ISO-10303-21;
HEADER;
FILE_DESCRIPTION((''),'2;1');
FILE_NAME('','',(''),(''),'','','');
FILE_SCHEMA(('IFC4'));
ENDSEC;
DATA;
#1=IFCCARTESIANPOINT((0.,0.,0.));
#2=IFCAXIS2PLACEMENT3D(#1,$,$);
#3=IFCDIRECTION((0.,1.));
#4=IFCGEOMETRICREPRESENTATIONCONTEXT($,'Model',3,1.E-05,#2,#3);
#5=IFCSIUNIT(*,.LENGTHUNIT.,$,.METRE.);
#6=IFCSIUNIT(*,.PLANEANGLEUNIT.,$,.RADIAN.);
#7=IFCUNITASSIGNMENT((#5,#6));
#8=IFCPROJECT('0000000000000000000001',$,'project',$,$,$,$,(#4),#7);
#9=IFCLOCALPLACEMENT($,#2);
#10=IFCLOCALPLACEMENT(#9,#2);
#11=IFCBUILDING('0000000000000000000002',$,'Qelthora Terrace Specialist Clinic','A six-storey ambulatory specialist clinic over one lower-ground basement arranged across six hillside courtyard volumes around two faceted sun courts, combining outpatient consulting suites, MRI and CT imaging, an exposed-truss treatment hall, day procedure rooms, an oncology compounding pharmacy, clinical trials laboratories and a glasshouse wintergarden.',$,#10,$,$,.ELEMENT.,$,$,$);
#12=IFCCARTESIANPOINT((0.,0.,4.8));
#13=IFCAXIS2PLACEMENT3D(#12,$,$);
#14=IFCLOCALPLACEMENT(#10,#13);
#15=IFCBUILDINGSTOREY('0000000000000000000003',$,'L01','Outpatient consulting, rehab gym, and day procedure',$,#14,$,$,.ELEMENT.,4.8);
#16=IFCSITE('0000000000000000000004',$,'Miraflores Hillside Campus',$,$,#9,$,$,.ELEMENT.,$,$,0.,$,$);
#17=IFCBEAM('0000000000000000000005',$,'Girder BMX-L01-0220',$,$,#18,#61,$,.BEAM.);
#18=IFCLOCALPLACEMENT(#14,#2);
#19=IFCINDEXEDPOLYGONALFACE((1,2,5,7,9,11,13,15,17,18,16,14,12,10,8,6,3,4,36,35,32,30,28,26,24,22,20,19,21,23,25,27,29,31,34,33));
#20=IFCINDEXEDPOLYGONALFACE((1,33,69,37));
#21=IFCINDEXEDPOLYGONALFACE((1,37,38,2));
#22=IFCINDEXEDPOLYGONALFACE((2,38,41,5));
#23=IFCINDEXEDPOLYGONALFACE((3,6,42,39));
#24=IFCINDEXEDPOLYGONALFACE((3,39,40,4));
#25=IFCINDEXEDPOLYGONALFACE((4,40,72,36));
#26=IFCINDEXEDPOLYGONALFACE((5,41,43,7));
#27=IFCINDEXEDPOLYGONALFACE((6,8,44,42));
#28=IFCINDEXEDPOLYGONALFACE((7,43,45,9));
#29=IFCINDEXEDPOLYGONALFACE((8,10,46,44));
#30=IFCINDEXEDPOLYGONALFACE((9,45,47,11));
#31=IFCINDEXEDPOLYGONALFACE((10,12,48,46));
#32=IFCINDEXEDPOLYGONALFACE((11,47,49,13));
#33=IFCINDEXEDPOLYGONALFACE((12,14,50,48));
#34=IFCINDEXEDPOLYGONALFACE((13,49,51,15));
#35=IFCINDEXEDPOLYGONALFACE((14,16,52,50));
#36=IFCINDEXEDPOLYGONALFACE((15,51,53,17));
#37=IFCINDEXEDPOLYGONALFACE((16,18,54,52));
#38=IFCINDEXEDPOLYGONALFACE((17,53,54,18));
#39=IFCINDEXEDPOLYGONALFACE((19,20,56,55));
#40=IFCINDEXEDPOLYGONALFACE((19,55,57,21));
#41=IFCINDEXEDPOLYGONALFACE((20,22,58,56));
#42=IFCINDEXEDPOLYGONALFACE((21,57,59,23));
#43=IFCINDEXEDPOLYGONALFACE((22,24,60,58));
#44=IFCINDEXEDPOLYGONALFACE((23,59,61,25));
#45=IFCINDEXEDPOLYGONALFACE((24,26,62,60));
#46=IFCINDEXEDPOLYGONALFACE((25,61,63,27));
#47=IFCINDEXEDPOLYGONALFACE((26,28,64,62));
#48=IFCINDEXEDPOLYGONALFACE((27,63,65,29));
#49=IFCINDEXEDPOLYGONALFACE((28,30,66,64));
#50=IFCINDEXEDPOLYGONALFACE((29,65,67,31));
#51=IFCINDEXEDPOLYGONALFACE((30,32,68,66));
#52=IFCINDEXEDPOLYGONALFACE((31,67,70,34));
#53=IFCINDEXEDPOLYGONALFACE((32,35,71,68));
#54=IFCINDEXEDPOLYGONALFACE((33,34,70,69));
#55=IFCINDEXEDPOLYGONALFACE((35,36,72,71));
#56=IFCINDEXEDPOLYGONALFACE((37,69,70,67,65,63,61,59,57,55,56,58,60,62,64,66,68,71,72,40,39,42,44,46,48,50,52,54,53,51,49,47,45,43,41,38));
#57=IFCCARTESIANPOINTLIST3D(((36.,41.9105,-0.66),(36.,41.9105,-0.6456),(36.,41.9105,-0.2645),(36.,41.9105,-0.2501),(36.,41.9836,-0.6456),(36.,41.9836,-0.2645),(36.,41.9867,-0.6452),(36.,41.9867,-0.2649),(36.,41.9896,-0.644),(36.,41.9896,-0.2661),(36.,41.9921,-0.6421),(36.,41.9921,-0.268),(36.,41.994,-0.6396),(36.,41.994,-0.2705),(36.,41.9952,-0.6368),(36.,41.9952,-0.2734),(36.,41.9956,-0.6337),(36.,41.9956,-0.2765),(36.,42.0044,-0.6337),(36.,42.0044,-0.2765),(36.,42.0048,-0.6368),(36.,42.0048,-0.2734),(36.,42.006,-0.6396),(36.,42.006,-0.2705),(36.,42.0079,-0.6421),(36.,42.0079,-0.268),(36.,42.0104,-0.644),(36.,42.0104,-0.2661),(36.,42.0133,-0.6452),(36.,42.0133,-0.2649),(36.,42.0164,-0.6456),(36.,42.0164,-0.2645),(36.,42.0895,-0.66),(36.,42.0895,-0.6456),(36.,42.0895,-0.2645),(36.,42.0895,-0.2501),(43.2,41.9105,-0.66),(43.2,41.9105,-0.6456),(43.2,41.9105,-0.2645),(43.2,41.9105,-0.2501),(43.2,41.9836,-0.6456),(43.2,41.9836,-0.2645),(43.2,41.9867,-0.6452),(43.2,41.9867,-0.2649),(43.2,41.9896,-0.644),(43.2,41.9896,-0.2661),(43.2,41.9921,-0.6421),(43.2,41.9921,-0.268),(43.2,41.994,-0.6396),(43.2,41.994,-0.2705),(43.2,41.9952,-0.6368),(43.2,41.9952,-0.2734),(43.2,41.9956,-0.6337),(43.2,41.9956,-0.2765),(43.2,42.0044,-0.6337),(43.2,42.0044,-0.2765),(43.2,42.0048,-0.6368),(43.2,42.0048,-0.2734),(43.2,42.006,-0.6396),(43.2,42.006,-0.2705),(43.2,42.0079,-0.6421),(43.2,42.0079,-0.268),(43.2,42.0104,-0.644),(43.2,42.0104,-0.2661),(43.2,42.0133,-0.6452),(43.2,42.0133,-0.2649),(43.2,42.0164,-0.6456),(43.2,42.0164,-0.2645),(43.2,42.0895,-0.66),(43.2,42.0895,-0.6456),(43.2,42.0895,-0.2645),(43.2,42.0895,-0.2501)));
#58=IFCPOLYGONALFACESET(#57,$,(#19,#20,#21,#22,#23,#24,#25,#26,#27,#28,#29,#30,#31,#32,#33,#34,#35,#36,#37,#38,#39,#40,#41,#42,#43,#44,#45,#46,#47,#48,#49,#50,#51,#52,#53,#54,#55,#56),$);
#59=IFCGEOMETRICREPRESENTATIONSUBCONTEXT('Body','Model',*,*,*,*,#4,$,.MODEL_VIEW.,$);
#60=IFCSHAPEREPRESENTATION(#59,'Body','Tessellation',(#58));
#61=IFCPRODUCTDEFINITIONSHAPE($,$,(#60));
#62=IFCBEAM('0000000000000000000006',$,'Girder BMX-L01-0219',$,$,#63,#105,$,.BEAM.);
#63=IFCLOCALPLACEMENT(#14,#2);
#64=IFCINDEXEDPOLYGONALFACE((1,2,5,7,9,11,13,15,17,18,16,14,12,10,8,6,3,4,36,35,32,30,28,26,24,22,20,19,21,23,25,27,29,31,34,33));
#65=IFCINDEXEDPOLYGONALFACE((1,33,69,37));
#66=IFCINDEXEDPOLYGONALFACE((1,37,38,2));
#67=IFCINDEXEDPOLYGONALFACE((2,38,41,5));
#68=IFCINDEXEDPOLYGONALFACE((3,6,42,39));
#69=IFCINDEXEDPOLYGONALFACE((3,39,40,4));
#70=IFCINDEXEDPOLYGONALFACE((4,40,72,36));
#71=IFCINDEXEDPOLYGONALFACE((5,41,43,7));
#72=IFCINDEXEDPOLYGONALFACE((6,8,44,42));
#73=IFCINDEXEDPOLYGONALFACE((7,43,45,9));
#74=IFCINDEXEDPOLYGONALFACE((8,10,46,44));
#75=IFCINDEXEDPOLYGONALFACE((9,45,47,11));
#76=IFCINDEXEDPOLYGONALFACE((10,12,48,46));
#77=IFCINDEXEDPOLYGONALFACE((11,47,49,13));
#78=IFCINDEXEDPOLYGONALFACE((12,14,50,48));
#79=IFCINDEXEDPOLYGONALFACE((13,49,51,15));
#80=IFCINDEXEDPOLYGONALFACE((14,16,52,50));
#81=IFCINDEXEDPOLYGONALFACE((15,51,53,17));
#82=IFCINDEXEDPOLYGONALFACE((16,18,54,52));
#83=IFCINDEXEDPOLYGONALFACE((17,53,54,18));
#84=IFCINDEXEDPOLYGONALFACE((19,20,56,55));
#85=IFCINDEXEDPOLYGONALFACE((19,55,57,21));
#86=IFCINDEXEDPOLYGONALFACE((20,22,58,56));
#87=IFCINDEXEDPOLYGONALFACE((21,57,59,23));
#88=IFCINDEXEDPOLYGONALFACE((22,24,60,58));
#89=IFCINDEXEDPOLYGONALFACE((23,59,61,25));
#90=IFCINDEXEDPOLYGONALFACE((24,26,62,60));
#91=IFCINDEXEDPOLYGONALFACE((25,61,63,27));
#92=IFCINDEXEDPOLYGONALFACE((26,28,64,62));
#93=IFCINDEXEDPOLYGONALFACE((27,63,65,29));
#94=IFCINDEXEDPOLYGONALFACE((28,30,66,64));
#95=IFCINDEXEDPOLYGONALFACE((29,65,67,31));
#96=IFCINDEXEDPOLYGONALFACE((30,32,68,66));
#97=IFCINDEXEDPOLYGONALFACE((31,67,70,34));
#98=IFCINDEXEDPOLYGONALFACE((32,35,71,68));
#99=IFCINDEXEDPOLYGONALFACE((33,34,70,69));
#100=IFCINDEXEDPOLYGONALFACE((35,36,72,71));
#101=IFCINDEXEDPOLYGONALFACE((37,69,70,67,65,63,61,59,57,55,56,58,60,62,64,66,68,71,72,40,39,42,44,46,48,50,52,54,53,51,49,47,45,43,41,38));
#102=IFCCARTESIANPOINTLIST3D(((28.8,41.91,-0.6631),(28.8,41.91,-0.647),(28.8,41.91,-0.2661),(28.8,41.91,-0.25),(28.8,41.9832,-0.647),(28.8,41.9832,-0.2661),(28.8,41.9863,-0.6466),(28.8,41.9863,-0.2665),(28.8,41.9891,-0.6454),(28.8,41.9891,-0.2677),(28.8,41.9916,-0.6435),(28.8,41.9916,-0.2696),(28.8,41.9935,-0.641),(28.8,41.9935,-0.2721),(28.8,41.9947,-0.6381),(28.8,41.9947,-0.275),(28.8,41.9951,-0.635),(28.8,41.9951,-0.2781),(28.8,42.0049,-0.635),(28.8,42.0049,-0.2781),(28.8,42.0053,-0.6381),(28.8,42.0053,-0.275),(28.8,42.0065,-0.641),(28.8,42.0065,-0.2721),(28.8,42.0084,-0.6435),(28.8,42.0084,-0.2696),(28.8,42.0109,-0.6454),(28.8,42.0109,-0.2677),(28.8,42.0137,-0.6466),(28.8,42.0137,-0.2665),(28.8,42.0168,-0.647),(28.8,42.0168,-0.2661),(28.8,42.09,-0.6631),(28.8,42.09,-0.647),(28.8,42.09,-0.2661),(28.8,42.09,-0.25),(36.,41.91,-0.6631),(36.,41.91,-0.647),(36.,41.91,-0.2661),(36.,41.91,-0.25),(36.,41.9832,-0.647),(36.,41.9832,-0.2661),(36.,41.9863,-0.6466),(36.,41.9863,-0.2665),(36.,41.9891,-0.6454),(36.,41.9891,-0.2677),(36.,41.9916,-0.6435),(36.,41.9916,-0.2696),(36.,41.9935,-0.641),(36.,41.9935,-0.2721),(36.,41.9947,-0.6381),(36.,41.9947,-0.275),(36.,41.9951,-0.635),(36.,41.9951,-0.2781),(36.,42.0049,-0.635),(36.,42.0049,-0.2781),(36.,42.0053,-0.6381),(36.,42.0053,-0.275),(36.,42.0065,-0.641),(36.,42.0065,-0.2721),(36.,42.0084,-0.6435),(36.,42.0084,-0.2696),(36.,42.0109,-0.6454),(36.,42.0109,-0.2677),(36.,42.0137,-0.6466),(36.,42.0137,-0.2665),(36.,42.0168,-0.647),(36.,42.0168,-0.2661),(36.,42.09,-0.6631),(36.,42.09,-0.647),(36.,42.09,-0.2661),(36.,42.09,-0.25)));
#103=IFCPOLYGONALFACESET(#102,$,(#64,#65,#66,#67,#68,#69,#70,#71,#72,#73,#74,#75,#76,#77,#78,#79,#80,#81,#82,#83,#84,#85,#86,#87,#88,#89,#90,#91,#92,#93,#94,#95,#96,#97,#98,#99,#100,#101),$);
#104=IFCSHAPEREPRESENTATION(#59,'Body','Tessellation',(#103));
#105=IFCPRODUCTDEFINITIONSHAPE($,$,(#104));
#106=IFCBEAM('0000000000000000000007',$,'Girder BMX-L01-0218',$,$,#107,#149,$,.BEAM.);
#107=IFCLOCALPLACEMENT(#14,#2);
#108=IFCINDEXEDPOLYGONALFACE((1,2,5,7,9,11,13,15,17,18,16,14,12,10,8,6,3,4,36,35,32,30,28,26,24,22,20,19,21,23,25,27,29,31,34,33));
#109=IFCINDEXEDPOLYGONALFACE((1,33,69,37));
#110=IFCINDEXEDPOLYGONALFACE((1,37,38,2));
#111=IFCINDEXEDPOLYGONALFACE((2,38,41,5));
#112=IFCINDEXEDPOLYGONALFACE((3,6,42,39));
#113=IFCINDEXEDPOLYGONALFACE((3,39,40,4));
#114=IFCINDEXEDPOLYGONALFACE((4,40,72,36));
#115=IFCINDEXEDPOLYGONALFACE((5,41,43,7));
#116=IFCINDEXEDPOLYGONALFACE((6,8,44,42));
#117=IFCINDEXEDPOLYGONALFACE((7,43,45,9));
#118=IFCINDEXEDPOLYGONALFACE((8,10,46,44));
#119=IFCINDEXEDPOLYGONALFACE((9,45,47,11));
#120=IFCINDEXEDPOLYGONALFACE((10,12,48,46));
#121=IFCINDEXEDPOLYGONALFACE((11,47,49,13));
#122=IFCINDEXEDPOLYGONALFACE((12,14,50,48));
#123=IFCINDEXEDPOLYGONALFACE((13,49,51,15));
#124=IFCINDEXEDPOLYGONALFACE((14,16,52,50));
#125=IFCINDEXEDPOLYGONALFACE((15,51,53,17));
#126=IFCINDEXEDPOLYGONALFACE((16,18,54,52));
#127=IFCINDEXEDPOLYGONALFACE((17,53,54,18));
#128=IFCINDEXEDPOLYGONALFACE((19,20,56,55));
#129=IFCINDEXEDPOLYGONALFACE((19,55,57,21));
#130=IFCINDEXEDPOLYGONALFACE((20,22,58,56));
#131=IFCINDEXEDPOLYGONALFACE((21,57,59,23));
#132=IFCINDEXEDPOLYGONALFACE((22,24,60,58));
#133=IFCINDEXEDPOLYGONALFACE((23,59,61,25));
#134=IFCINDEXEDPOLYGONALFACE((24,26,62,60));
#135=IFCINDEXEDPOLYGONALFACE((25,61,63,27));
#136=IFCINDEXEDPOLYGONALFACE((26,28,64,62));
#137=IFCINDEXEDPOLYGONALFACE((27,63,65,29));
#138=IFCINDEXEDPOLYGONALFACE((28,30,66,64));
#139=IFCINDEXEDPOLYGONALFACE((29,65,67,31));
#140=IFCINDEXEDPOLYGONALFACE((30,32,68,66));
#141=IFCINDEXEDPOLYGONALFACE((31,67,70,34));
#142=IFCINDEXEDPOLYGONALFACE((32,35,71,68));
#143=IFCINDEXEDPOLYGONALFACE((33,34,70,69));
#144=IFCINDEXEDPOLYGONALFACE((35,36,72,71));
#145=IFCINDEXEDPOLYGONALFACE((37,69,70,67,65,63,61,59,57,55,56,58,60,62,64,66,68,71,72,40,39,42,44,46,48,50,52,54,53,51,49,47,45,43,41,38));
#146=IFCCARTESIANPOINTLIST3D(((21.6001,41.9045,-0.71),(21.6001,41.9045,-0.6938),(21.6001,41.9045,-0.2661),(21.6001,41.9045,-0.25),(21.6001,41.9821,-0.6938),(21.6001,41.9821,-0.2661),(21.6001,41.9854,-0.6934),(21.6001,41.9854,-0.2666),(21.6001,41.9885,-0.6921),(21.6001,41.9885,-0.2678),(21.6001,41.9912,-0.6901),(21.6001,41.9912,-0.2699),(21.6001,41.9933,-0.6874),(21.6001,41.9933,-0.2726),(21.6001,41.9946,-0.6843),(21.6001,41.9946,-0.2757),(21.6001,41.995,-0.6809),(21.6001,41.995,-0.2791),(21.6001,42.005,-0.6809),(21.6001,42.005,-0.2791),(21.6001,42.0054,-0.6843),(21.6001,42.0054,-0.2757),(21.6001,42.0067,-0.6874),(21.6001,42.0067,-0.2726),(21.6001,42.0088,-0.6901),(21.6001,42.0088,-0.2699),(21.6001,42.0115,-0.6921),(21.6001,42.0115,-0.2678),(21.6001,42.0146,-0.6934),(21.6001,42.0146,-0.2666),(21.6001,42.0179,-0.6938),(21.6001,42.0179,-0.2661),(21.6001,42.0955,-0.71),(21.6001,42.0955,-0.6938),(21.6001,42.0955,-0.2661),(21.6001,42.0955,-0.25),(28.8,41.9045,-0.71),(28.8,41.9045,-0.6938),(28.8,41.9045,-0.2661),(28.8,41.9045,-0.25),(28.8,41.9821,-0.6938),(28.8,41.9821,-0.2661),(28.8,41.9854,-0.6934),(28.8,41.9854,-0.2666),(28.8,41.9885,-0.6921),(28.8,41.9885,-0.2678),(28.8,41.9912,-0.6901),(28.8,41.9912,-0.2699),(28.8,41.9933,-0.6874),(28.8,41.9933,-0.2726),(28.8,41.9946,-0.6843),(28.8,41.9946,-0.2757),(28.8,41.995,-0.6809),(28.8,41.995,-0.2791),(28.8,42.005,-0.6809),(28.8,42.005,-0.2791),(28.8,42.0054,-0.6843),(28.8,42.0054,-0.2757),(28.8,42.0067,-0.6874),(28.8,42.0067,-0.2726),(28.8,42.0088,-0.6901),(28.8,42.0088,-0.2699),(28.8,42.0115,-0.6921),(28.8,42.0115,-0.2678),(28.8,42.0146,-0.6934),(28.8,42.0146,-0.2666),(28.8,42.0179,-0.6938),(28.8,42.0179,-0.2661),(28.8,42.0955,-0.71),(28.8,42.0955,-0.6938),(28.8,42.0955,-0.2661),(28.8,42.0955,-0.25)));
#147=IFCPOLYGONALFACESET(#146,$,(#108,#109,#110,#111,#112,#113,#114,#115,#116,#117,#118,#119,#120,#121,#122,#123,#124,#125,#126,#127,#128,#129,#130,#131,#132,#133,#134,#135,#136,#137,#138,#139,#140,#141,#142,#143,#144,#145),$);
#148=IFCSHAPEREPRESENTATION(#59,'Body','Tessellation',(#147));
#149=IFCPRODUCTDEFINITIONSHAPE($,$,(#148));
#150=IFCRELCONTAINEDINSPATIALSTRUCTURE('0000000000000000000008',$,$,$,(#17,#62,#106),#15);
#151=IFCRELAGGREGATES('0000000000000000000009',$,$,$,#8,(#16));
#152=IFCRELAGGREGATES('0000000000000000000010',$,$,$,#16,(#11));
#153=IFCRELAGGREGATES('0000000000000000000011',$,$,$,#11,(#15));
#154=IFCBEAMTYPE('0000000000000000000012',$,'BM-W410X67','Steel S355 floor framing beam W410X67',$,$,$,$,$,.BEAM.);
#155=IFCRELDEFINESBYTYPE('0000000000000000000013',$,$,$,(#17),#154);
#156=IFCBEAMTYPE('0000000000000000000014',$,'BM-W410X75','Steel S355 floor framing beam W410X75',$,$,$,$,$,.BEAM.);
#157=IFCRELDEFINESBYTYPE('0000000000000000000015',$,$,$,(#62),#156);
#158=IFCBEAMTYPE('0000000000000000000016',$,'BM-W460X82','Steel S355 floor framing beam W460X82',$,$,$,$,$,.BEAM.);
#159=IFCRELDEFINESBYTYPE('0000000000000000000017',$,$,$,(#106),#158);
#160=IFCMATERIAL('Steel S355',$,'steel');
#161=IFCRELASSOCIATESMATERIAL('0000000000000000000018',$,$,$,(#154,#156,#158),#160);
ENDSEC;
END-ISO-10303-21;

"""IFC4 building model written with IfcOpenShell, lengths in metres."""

from ifc_helpers import new_model, si_unit, direction, frame, origin, origin_2d, place, context, subcontext, project, spatial, i_section, extrude, material, material_profile, profile_set, type_object, element, save


model = new_model("IFC4")

# Units and contexts
model_context = context("Model", 3, precision=1e-05, world=origin(), true_north=direction((0.0, 1.0)))
body_context = subcontext(model_context, "Body", "Model", "MODEL_VIEW")
ifc_project = project(units=[si_unit("LENGTHUNIT", "METRE"), si_unit("PLANEANGLEUNIT", "RADIAN")], contexts=[model_context])

# Site, building, storey
site_placement = place(None, origin())
site = spatial("IfcSite", under=ifc_project, at=site_placement, Name="Miraflores Hillside Campus", CompositionType="ELEMENT", RefElevation=0.0)
building_placement = place(site_placement, origin())
building = spatial("IfcBuilding", under=site, at=building_placement, Name="Qelthora Terrace Specialist Clinic", Description="A six-storey ambulatory specialist clinic over one lower-ground basement arranged across six hillside courtyard volumes around two faceted sun courts, combining outpatient consulting suites, MRI and CT imaging, an exposed-truss treatment hall, day procedure rooms, an oncology compounding pharmacy, clinical trials laboratories and a glasshouse wintergarden.", CompositionType="ELEMENT")
storey_placement = place(building_placement, frame((0.0, 0.0, 4.8)))
storey = spatial("IfcBuildingStorey", under=building, at=storey_placement, Name="L01", Description="Outpatient consulting, rehab gym, and day procedure", CompositionType="ELEMENT", Elevation=4.8)

# Beams
ifc_material_1 = material(Name="Steel S355", Category="steel")
ifc_material_profile_1 = material_profile(ifc_material_1, i_section(OverallWidth=0.179, OverallDepth=0.4099, WebThickness=0.0088, FlangeThickness=0.0144, FilletRadius=0.012, at=origin_2d()), Name="W410X67")
ifc_profile_set_1 = profile_set([ifc_material_profile_1], Name="Steel S355")
beam_type_1 = type_object("IfcBeamType", Name="BM-W410X67", Description="Steel S355 floor framing beam W410X67", PredefinedType="BEAM", material=ifc_profile_set_1)
beam_1_placement = place(storey_placement, frame((36.0, 42.0, -0.4551), z_axis=(1.0, 0.0, 0.0), x_axis=(0.0, 1.0, 0.0)))
element("IfcBeam", 1, at=beam_1_placement, inside=storey, type_object=beam_type_1, Name="Girder BMX-L01-0220", PredefinedType="BEAM", context=body_context, shape_type="SweptSolid", body=[
    extrude(i_section(OverallWidth=0.179, OverallDepth=0.4099, WebThickness=0.0088, FlangeThickness=0.0144, FilletRadius=0.012, at=origin_2d()), origin(), (0.0, 0.0, 1.0), 7.2),
])
ifc_material_profile_2 = material_profile(ifc_material_1, i_section(OverallWidth=0.1799, OverallDepth=0.4131, WebThickness=0.0098, FlangeThickness=0.0161, FilletRadius=0.012, at=origin_2d()), Name="W410X75")
ifc_profile_set_2 = profile_set([ifc_material_profile_2], Name="Steel S355")
beam_type_2 = type_object("IfcBeamType", Name="BM-W410X75", Description="Steel S355 floor framing beam W410X75", PredefinedType="BEAM", material=ifc_profile_set_2)
beam_2_placement = place(storey_placement, frame((28.8, 42.0, -0.4565), z_axis=(1.0, 0.0, 0.0), x_axis=(0.0, 1.0, 0.0)))
element("IfcBeam", 2, at=beam_2_placement, inside=storey, type_object=beam_type_2, Name="Girder BMX-L01-0219", PredefinedType="BEAM", context=body_context, shape_type="SweptSolid", body=[
    extrude(i_section(OverallWidth=0.1799, OverallDepth=0.4131, WebThickness=0.0098, FlangeThickness=0.0161, FilletRadius=0.012, at=origin_2d()), origin(), (0.0, 0.0, 1.0), 7.2),
])
ifc_material_profile_3 = material_profile(ifc_material_1, i_section(OverallWidth=0.1909, OverallDepth=0.46, WebThickness=0.01, FlangeThickness=0.0161, FilletRadius=0.0129, at=origin_2d()), Name="W460X82")
ifc_profile_set_3 = profile_set([ifc_material_profile_3], Name="Steel S355")
beam_type_3 = type_object("IfcBeamType", Name="BM-W460X82", Description="Steel S355 floor framing beam W460X82", PredefinedType="BEAM", material=ifc_profile_set_3)
beam_3_placement = place(storey_placement, frame((21.6001, 42.0, -0.48), z_axis=(1.0, 0.0, 0.0), x_axis=(0.0, 1.0, 0.0)))
element("IfcBeam", 3, at=beam_3_placement, inside=storey, type_object=beam_type_3, Name="Girder BMX-L01-0218", PredefinedType="BEAM", context=body_context, shape_type="SweptSolid", body=[
    extrude(i_section(OverallWidth=0.1909, OverallDepth=0.46, WebThickness=0.01, FlangeThickness=0.0161, FilletRadius=0.0129, at=origin_2d()), origin(), (0.0, 0.0, 1.0), 7.2),
])

save(model, "model.ifc")
